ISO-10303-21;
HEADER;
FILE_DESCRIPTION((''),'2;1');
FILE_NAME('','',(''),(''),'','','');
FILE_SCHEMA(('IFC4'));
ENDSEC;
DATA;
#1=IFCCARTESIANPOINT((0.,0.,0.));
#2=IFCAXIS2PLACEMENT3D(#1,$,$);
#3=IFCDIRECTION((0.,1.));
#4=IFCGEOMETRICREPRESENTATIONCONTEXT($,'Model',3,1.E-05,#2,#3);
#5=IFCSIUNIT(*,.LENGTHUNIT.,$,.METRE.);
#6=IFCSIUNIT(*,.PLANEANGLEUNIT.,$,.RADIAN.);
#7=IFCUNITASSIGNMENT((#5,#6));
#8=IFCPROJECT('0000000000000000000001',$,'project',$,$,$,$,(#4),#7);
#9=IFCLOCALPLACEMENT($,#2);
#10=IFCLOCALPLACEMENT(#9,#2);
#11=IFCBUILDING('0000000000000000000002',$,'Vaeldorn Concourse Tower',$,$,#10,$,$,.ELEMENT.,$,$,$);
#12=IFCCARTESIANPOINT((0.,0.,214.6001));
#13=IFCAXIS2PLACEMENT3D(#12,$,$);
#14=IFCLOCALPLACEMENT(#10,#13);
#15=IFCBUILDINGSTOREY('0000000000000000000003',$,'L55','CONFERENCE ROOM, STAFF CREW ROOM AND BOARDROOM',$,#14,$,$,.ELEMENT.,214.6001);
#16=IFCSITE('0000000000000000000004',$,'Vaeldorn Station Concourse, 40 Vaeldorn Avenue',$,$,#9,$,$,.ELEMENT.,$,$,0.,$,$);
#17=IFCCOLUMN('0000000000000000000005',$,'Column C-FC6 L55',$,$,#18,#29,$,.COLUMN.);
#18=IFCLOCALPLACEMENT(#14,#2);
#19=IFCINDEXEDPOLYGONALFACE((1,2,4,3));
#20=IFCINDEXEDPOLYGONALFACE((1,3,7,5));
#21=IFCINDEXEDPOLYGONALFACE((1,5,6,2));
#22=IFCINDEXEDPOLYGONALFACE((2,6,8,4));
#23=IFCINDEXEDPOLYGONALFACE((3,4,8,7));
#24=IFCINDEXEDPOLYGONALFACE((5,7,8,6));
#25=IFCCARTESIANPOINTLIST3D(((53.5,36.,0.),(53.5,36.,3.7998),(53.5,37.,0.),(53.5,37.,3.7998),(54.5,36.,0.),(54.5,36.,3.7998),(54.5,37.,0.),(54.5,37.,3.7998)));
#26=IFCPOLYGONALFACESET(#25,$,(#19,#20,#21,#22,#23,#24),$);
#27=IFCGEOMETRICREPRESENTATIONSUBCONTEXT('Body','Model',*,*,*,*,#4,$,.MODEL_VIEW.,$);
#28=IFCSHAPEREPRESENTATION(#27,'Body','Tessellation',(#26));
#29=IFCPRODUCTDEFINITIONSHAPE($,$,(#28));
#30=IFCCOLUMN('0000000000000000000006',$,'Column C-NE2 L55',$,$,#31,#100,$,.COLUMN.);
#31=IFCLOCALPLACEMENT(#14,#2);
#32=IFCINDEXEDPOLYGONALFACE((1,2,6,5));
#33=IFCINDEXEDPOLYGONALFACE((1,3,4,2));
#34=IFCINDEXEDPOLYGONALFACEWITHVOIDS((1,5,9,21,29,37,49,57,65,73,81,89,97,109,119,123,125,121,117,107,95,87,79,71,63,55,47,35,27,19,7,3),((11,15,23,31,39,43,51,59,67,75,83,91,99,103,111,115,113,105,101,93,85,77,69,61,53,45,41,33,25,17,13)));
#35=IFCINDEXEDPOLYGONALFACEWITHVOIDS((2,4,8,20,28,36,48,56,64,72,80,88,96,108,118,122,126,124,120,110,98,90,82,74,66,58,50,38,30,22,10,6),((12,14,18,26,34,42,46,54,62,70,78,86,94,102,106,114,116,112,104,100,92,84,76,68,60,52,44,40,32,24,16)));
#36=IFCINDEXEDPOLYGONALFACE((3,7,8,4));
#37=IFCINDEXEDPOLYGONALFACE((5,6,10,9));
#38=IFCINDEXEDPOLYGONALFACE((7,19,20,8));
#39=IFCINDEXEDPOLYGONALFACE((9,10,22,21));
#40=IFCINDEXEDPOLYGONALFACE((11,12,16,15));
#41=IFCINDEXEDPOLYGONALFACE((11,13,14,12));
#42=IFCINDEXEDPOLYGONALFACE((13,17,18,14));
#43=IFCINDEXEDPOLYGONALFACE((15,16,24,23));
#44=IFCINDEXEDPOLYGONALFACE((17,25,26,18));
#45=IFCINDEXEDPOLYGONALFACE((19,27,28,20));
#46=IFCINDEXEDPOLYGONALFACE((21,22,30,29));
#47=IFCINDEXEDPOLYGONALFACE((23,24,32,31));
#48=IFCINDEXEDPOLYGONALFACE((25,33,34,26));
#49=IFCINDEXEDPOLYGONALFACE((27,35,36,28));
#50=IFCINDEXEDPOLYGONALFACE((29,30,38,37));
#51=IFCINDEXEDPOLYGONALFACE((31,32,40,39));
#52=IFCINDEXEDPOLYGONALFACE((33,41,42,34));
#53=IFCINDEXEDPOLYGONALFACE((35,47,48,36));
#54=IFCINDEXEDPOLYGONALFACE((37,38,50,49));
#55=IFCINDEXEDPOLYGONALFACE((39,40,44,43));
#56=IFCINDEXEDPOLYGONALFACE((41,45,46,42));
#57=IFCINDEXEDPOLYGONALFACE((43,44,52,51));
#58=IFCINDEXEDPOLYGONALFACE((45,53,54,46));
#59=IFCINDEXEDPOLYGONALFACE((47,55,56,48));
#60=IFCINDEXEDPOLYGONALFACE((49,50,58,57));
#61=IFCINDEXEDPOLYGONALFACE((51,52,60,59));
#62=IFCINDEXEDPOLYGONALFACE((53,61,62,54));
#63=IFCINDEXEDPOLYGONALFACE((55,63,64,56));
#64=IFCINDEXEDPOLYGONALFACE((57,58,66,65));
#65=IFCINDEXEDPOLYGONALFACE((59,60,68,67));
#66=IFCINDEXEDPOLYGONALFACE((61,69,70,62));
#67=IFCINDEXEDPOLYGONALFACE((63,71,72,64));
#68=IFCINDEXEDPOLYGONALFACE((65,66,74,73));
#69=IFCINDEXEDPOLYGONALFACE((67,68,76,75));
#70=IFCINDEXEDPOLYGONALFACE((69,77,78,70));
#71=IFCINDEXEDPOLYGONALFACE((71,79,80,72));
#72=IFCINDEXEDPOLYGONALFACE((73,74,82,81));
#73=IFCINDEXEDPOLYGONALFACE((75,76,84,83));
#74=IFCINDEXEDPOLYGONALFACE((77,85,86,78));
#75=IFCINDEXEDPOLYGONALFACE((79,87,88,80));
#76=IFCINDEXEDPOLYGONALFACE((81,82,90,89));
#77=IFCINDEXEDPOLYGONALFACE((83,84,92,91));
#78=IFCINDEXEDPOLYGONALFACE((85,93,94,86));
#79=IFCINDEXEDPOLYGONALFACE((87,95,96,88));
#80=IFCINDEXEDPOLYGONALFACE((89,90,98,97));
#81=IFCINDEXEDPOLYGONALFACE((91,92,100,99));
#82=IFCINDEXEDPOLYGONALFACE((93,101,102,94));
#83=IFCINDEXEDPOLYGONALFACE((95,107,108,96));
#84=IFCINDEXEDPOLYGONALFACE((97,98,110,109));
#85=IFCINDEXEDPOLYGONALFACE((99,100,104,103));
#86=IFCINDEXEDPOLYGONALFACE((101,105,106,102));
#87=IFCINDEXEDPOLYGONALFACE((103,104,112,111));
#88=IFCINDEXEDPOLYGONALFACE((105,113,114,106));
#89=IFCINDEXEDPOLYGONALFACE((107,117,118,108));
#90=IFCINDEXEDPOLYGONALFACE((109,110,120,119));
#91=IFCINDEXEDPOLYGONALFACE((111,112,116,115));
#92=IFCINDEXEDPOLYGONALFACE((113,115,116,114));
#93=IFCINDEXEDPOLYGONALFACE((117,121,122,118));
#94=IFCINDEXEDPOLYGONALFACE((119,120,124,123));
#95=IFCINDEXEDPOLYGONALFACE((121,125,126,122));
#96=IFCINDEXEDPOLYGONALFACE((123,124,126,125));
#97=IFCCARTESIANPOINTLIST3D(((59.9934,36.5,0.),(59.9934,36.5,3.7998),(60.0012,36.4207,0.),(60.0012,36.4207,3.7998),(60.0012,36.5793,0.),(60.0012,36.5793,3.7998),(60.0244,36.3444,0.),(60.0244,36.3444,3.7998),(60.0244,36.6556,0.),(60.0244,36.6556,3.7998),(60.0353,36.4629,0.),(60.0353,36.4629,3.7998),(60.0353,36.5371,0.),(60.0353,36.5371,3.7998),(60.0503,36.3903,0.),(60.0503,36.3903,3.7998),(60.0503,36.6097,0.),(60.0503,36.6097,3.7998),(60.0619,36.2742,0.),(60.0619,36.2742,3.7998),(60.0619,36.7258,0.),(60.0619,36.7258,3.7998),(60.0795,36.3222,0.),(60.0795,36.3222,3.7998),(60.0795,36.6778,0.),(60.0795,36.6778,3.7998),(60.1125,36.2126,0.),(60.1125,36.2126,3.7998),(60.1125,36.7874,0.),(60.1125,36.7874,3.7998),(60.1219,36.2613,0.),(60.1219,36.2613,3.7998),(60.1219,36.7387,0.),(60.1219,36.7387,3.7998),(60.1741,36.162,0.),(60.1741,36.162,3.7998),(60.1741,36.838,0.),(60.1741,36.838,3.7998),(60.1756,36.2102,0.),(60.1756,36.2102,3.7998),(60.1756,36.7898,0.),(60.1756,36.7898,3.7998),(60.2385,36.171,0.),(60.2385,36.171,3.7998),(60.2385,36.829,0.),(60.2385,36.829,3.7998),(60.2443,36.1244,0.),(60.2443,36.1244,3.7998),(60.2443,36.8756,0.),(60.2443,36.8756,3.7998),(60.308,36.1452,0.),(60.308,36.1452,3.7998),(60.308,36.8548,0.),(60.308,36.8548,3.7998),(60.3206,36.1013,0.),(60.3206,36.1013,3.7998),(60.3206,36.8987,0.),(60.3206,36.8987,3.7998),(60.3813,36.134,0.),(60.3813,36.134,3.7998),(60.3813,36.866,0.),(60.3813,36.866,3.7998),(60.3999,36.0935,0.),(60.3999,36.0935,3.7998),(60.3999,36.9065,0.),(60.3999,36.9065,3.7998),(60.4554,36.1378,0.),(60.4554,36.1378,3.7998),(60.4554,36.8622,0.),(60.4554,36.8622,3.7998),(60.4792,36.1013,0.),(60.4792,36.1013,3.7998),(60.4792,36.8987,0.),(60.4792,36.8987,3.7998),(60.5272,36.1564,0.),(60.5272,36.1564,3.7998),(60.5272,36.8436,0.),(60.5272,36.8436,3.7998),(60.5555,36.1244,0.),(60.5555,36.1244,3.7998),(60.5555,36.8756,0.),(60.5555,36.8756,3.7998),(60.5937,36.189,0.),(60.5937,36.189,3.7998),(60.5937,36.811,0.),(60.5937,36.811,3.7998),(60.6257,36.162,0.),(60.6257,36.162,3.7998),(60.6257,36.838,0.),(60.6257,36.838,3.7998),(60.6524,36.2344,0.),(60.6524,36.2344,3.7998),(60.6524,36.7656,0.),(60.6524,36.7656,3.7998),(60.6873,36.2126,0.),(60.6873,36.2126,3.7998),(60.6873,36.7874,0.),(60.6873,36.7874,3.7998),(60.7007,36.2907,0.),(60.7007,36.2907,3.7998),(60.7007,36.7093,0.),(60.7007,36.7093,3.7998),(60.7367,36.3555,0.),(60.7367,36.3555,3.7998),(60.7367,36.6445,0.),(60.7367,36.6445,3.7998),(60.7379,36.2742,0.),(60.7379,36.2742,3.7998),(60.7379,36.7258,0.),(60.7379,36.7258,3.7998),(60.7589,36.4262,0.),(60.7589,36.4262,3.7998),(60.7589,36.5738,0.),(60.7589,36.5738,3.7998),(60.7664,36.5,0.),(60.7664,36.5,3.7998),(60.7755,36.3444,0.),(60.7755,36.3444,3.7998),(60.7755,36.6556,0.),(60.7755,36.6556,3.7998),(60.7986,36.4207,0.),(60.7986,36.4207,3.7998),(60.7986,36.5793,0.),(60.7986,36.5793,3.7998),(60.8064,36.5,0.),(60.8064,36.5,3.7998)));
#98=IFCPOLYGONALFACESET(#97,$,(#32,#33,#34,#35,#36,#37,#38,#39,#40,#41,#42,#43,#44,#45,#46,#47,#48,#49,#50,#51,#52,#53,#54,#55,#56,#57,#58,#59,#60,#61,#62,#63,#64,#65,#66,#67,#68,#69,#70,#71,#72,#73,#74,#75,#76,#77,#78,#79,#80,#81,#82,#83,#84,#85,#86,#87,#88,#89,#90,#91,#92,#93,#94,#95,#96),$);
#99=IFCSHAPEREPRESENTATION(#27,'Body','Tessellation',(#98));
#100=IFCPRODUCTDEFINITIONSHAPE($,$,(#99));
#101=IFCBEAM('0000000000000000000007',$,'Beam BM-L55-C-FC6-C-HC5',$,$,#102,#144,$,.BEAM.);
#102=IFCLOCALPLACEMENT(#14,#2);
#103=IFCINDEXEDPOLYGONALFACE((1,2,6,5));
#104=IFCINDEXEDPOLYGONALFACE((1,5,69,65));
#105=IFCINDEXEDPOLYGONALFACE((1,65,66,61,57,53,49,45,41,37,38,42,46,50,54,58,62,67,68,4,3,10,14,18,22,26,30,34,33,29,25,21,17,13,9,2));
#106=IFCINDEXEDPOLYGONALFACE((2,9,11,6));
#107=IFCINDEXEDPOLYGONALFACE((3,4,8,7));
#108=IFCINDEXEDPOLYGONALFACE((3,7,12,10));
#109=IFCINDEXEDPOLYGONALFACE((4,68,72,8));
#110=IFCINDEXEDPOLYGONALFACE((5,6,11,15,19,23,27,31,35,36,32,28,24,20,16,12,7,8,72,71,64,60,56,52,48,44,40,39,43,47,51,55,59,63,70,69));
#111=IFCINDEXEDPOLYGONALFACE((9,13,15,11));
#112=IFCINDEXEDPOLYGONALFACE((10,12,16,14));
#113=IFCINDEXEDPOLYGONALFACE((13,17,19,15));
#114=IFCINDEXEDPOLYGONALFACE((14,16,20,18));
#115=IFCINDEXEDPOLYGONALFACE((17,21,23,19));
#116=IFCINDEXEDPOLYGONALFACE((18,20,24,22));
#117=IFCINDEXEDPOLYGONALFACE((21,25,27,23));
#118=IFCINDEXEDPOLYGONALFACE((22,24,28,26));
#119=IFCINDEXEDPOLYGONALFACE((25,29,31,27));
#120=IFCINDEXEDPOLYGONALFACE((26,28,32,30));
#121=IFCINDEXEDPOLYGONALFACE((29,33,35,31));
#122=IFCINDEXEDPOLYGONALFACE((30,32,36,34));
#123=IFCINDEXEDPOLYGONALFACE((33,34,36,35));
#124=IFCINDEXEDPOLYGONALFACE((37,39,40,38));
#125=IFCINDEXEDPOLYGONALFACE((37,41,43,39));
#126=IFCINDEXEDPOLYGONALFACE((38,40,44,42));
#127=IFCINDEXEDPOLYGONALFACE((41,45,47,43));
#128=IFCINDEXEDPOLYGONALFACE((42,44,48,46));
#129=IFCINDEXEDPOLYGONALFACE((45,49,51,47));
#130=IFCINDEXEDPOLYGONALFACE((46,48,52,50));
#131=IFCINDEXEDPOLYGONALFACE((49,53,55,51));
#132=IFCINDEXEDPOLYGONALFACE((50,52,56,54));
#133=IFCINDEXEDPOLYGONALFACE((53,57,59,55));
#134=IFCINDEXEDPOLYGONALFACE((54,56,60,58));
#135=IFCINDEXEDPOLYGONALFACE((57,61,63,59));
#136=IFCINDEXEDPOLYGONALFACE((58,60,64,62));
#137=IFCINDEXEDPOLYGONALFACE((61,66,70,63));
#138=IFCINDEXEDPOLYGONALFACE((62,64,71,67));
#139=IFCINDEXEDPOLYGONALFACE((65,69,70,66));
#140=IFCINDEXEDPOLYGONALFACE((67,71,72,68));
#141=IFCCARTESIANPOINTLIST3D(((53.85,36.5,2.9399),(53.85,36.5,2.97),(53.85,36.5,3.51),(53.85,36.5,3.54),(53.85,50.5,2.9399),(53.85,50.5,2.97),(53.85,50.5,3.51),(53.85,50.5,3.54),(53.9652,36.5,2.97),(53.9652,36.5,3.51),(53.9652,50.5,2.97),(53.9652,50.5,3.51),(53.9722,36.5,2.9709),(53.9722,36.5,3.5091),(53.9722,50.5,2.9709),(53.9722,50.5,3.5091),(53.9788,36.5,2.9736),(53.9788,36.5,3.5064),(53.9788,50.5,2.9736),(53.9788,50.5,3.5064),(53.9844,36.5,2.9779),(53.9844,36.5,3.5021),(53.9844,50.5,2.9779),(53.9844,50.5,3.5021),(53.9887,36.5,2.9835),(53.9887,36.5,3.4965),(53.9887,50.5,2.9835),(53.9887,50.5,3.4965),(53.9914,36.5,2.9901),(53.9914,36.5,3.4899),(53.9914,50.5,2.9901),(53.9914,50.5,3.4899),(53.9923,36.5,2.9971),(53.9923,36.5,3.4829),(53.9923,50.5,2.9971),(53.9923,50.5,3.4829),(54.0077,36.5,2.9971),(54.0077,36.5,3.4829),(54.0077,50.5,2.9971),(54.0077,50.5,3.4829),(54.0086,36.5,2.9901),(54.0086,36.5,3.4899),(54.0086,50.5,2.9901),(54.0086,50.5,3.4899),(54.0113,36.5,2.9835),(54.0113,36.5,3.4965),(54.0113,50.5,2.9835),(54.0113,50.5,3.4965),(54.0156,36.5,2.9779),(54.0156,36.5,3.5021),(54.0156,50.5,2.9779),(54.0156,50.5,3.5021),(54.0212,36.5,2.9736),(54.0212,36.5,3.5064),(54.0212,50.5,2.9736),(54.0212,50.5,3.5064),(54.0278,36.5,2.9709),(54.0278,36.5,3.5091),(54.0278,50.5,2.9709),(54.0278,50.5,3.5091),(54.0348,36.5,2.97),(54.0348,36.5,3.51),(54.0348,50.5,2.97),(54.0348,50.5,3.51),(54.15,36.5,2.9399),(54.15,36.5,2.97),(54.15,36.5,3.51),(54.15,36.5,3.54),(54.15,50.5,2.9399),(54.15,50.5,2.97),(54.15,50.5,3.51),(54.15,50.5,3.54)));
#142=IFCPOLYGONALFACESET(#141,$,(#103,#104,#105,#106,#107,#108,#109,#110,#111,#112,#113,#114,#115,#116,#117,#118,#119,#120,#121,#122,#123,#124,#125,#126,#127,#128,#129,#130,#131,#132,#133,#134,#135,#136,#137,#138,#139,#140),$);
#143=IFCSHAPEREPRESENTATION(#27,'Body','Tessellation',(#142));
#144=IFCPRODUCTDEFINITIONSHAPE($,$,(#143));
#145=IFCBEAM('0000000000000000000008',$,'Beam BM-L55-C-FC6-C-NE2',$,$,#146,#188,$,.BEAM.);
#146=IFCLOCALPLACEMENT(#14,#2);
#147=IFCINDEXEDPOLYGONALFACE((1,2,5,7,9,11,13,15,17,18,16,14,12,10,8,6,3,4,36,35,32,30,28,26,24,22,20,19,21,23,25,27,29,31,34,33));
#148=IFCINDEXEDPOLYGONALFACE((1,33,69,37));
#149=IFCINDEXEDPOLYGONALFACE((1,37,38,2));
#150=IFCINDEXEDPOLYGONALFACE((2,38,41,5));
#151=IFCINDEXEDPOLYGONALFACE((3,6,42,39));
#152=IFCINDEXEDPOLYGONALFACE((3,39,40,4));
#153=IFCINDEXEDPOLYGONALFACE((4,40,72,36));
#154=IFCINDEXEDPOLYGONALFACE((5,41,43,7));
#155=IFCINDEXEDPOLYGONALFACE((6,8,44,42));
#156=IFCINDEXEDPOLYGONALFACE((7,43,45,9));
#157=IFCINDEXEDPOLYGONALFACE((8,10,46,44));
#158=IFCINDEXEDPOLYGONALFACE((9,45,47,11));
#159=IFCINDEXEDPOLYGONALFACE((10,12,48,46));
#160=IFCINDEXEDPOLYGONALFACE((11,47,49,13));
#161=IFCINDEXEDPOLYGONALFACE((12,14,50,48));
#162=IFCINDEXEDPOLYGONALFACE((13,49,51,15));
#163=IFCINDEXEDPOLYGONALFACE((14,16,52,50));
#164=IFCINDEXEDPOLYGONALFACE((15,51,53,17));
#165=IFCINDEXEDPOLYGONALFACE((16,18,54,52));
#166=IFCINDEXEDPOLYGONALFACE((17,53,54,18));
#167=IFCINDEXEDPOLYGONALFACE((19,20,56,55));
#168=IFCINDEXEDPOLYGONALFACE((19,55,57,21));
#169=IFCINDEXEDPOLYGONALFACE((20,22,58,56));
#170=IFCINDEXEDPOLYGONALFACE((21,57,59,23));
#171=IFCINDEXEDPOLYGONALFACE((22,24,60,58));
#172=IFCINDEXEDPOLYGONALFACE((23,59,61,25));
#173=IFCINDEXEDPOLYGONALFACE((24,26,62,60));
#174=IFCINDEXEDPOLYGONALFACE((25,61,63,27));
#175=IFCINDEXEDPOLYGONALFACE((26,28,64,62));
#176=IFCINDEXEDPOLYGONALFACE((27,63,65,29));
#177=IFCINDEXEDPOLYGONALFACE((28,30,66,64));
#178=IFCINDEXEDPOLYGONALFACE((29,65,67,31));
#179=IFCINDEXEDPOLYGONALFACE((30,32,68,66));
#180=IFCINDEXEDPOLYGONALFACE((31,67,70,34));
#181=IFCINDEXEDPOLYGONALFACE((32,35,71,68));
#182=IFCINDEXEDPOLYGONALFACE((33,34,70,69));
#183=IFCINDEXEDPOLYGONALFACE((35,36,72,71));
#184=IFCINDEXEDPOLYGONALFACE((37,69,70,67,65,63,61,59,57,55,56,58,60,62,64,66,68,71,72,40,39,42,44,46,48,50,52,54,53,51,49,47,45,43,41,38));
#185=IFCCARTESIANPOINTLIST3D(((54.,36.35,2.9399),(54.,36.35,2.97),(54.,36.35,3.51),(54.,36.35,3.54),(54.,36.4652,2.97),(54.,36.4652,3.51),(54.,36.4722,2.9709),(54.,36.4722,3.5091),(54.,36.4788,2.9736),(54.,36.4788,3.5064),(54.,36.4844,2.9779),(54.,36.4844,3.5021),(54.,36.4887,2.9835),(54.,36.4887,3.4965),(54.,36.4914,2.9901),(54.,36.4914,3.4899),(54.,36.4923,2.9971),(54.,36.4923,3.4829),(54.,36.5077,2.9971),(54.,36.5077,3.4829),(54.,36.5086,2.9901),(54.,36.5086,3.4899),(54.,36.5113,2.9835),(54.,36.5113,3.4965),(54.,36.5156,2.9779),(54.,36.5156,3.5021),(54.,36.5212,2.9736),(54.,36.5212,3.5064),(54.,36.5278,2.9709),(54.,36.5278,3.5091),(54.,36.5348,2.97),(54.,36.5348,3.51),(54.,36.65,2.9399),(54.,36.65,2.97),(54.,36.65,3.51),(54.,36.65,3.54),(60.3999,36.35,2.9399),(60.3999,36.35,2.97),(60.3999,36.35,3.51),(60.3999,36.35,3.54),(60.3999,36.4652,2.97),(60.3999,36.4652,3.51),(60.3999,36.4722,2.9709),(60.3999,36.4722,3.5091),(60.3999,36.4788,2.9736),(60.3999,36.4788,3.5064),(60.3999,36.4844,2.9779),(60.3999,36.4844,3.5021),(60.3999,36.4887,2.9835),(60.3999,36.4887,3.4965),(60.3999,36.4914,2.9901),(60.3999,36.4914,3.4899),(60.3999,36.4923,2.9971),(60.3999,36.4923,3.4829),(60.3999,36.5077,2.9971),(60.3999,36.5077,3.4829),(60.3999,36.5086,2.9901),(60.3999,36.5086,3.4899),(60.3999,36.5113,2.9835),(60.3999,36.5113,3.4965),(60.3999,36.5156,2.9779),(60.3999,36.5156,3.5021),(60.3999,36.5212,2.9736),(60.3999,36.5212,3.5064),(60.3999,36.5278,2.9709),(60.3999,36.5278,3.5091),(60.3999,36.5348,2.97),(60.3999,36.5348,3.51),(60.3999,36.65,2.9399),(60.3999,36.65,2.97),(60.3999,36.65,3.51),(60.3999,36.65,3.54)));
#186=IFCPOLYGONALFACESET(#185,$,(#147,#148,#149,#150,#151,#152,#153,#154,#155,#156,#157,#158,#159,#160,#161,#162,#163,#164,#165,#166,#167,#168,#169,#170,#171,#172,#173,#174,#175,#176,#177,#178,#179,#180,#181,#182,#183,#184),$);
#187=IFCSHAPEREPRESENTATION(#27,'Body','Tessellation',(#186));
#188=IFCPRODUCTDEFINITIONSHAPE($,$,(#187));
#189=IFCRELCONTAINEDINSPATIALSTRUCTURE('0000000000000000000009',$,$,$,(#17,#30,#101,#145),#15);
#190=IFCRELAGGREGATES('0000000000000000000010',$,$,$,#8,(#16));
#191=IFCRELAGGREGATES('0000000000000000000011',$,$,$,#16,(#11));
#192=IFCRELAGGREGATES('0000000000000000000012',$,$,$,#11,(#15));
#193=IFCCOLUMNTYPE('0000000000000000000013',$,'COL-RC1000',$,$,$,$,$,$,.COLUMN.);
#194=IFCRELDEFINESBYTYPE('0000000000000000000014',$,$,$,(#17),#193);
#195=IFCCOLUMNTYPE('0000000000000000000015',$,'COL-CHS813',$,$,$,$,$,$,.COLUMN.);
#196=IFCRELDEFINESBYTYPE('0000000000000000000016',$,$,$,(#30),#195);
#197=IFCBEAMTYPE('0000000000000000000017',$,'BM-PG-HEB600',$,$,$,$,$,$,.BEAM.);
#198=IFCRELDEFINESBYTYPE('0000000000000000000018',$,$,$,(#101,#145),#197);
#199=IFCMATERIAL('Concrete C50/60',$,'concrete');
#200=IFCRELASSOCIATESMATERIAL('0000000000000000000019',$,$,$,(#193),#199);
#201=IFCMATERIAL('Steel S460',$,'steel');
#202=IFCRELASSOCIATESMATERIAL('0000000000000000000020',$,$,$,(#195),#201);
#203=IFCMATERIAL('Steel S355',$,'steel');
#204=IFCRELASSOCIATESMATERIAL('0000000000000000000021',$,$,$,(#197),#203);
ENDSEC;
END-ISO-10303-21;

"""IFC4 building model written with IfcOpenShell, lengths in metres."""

from ifc_helpers import new_model, si_unit, direction, frame, origin, origin_2d, place, context, subcontext, project, spatial, rectangle, hollow_circle, i_section, extrude, source, transform, mapped, material, material_profile, profile_set, type_object, element, save


model = new_model("IFC4")

# Units and contexts
model_context = context("Model", 3, precision=1e-05, world=origin(), true_north=direction((0.0, 1.0)))
body_context = subcontext(model_context, "Body", "Model", "MODEL_VIEW")
ifc_project = project(units=[si_unit("LENGTHUNIT", "METRE"), si_unit("PLANEANGLEUNIT", "RADIAN")], contexts=[model_context])

# Site, building, storey
site_placement = place(None, origin())
site = spatial("IfcSite", under=ifc_project, at=site_placement, Name="Vaeldorn Station Concourse, 40 Vaeldorn Avenue", CompositionType="ELEMENT", RefElevation=0.0)
building_placement = place(site_placement, origin())
building = spatial("IfcBuilding", under=site, at=building_placement, Name="Vaeldorn Concourse Tower", CompositionType="ELEMENT")
storey_placement = place(building_placement, frame((0.0, 0.0, 214.6001)))
storey = spatial("IfcBuildingStorey", under=building, at=storey_placement, Name="L55", Description="CONFERENCE ROOM, STAFF CREW ROOM AND BOARDROOM", CompositionType="ELEMENT", Elevation=214.6001)

# Columns
ifc_material_1 = material(Name="Concrete C50/60", Category="concrete")
ifc_material_profile_1 = material_profile(ifc_material_1, rectangle(XDim=1.0, YDim=1.0, at=origin_2d()), Name="RC 1000x1000")
ifc_profile_set_1 = profile_set([ifc_material_profile_1], Name="Concrete C50/60")
column_type_1 = type_object("IfcColumnType", Name="COL-RC1000", PredefinedType="COLUMN", material=ifc_profile_set_1)
shared_shape_1 = source(origin(), body_context, "Body", "SweptSolid", [
    extrude(rectangle(XDim=1.0, YDim=1.0, at=origin_2d()), origin(), (0.0, 0.0, 1.0), 3.7998),
])
column_1_placement = place(storey_placement, frame((54.0, 36.5, 0.0), z_axis=(0.0, 0.0, 1.0), x_axis=(1.0, 0.0, 0.0)))
element("IfcColumn", 1, at=column_1_placement, inside=storey, type_object=column_type_1, Name="Column C-FC6 L55", PredefinedType="COLUMN", context=body_context, shape_type="MappedRepresentation", body=[
    mapped(shared_shape_1, transform((0.0, 0.0, 0.0), scale=1.0)),
])
ifc_material_2 = material(Name="Steel S460", Category="steel")
ifc_material_profile_2 = material_profile(ifc_material_2, hollow_circle(Radius=0.4065, WallThickness=0.04, at=origin_2d()), Name="CHS 813x40")
ifc_profile_set_2 = profile_set([ifc_material_profile_2], Name="Steel S460")
column_type_2 = type_object("IfcColumnType", Name="COL-CHS813", PredefinedType="COLUMN", material=ifc_profile_set_2)
shared_shape_2 = source(origin(), body_context, "Body", "SweptSolid", [
    extrude(hollow_circle(Radius=0.4065, WallThickness=0.04, at=origin_2d()), origin(), (0.0, 0.0, 1.0), 3.7998),
])
column_2_placement = place(storey_placement, frame((60.3999, 36.5, 0.0), z_axis=(0.0, 0.0, 1.0), x_axis=(1.0, 0.0, 0.0)))
element("IfcColumn", 2, at=column_2_placement, inside=storey, type_object=column_type_2, Name="Column C-NE2 L55", PredefinedType="COLUMN", context=body_context, shape_type="MappedRepresentation", body=[
    mapped(shared_shape_2, transform((0.0, 0.0, 0.0), scale=1.0)),
])

# Beams
ifc_material_3 = material(Name="Steel S355", Category="steel")
ifc_material_profile_3 = material_profile(ifc_material_3, i_section(OverallWidth=0.3, OverallDepth=0.6001, WebThickness=0.0154, FlangeThickness=0.03, FilletRadius=0.0271, at=origin_2d()), Name="HEB 600")
ifc_profile_set_3 = profile_set([ifc_material_profile_3], Name="Steel S355")
beam_type_1 = type_object("IfcBeamType", Name="BM-PG-HEB600", PredefinedType="BEAM", material=ifc_profile_set_3)
shared_shape_3 = source(origin(), body_context, "Body", "SweptSolid", [
    extrude(i_section(OverallWidth=0.3, OverallDepth=0.6001, WebThickness=0.0154, FlangeThickness=0.03, FilletRadius=0.0271, at=origin_2d()), origin(), (0.0, 0.0, 1.0), 14.0),
])
beam_1_placement = place(storey_placement, frame((54.0, 36.5, 3.24), z_axis=(0.0, 1.0, 0.0), x_axis=(-1.0, 0.0, 0.0)))
element("IfcBeam", 3, at=beam_1_placement, inside=storey, type_object=beam_type_1, Name="Beam BM-L55-C-FC6-C-HC5", PredefinedType="BEAM", context=body_context, shape_type="MappedRepresentation", body=[
    mapped(shared_shape_3, transform((0.0, 0.0, 0.0), scale=1.0)),
])
shared_shape_4 = source(origin(), body_context, "Body", "SweptSolid", [
    extrude(i_section(OverallWidth=0.3, OverallDepth=0.6001, WebThickness=0.0154, FlangeThickness=0.03, FilletRadius=0.0271, at=origin_2d()), origin(), (0.0, 0.0, 1.0), 6.3999),
])
beam_2_placement = place(storey_placement, frame((54.0, 36.5, 3.24), z_axis=(1.0, 0.0, 0.0), x_axis=(0.0, 1.0, 0.0)))
element("IfcBeam", 4, at=beam_2_placement, inside=storey, type_object=beam_type_1, Name="Beam BM-L55-C-FC6-C-NE2", PredefinedType="BEAM", context=body_context, shape_type="MappedRepresentation", body=[
    mapped(shared_shape_4, transform((0.0, 0.0, 0.0), scale=1.0)),
])

save(model, "model.ifc")
